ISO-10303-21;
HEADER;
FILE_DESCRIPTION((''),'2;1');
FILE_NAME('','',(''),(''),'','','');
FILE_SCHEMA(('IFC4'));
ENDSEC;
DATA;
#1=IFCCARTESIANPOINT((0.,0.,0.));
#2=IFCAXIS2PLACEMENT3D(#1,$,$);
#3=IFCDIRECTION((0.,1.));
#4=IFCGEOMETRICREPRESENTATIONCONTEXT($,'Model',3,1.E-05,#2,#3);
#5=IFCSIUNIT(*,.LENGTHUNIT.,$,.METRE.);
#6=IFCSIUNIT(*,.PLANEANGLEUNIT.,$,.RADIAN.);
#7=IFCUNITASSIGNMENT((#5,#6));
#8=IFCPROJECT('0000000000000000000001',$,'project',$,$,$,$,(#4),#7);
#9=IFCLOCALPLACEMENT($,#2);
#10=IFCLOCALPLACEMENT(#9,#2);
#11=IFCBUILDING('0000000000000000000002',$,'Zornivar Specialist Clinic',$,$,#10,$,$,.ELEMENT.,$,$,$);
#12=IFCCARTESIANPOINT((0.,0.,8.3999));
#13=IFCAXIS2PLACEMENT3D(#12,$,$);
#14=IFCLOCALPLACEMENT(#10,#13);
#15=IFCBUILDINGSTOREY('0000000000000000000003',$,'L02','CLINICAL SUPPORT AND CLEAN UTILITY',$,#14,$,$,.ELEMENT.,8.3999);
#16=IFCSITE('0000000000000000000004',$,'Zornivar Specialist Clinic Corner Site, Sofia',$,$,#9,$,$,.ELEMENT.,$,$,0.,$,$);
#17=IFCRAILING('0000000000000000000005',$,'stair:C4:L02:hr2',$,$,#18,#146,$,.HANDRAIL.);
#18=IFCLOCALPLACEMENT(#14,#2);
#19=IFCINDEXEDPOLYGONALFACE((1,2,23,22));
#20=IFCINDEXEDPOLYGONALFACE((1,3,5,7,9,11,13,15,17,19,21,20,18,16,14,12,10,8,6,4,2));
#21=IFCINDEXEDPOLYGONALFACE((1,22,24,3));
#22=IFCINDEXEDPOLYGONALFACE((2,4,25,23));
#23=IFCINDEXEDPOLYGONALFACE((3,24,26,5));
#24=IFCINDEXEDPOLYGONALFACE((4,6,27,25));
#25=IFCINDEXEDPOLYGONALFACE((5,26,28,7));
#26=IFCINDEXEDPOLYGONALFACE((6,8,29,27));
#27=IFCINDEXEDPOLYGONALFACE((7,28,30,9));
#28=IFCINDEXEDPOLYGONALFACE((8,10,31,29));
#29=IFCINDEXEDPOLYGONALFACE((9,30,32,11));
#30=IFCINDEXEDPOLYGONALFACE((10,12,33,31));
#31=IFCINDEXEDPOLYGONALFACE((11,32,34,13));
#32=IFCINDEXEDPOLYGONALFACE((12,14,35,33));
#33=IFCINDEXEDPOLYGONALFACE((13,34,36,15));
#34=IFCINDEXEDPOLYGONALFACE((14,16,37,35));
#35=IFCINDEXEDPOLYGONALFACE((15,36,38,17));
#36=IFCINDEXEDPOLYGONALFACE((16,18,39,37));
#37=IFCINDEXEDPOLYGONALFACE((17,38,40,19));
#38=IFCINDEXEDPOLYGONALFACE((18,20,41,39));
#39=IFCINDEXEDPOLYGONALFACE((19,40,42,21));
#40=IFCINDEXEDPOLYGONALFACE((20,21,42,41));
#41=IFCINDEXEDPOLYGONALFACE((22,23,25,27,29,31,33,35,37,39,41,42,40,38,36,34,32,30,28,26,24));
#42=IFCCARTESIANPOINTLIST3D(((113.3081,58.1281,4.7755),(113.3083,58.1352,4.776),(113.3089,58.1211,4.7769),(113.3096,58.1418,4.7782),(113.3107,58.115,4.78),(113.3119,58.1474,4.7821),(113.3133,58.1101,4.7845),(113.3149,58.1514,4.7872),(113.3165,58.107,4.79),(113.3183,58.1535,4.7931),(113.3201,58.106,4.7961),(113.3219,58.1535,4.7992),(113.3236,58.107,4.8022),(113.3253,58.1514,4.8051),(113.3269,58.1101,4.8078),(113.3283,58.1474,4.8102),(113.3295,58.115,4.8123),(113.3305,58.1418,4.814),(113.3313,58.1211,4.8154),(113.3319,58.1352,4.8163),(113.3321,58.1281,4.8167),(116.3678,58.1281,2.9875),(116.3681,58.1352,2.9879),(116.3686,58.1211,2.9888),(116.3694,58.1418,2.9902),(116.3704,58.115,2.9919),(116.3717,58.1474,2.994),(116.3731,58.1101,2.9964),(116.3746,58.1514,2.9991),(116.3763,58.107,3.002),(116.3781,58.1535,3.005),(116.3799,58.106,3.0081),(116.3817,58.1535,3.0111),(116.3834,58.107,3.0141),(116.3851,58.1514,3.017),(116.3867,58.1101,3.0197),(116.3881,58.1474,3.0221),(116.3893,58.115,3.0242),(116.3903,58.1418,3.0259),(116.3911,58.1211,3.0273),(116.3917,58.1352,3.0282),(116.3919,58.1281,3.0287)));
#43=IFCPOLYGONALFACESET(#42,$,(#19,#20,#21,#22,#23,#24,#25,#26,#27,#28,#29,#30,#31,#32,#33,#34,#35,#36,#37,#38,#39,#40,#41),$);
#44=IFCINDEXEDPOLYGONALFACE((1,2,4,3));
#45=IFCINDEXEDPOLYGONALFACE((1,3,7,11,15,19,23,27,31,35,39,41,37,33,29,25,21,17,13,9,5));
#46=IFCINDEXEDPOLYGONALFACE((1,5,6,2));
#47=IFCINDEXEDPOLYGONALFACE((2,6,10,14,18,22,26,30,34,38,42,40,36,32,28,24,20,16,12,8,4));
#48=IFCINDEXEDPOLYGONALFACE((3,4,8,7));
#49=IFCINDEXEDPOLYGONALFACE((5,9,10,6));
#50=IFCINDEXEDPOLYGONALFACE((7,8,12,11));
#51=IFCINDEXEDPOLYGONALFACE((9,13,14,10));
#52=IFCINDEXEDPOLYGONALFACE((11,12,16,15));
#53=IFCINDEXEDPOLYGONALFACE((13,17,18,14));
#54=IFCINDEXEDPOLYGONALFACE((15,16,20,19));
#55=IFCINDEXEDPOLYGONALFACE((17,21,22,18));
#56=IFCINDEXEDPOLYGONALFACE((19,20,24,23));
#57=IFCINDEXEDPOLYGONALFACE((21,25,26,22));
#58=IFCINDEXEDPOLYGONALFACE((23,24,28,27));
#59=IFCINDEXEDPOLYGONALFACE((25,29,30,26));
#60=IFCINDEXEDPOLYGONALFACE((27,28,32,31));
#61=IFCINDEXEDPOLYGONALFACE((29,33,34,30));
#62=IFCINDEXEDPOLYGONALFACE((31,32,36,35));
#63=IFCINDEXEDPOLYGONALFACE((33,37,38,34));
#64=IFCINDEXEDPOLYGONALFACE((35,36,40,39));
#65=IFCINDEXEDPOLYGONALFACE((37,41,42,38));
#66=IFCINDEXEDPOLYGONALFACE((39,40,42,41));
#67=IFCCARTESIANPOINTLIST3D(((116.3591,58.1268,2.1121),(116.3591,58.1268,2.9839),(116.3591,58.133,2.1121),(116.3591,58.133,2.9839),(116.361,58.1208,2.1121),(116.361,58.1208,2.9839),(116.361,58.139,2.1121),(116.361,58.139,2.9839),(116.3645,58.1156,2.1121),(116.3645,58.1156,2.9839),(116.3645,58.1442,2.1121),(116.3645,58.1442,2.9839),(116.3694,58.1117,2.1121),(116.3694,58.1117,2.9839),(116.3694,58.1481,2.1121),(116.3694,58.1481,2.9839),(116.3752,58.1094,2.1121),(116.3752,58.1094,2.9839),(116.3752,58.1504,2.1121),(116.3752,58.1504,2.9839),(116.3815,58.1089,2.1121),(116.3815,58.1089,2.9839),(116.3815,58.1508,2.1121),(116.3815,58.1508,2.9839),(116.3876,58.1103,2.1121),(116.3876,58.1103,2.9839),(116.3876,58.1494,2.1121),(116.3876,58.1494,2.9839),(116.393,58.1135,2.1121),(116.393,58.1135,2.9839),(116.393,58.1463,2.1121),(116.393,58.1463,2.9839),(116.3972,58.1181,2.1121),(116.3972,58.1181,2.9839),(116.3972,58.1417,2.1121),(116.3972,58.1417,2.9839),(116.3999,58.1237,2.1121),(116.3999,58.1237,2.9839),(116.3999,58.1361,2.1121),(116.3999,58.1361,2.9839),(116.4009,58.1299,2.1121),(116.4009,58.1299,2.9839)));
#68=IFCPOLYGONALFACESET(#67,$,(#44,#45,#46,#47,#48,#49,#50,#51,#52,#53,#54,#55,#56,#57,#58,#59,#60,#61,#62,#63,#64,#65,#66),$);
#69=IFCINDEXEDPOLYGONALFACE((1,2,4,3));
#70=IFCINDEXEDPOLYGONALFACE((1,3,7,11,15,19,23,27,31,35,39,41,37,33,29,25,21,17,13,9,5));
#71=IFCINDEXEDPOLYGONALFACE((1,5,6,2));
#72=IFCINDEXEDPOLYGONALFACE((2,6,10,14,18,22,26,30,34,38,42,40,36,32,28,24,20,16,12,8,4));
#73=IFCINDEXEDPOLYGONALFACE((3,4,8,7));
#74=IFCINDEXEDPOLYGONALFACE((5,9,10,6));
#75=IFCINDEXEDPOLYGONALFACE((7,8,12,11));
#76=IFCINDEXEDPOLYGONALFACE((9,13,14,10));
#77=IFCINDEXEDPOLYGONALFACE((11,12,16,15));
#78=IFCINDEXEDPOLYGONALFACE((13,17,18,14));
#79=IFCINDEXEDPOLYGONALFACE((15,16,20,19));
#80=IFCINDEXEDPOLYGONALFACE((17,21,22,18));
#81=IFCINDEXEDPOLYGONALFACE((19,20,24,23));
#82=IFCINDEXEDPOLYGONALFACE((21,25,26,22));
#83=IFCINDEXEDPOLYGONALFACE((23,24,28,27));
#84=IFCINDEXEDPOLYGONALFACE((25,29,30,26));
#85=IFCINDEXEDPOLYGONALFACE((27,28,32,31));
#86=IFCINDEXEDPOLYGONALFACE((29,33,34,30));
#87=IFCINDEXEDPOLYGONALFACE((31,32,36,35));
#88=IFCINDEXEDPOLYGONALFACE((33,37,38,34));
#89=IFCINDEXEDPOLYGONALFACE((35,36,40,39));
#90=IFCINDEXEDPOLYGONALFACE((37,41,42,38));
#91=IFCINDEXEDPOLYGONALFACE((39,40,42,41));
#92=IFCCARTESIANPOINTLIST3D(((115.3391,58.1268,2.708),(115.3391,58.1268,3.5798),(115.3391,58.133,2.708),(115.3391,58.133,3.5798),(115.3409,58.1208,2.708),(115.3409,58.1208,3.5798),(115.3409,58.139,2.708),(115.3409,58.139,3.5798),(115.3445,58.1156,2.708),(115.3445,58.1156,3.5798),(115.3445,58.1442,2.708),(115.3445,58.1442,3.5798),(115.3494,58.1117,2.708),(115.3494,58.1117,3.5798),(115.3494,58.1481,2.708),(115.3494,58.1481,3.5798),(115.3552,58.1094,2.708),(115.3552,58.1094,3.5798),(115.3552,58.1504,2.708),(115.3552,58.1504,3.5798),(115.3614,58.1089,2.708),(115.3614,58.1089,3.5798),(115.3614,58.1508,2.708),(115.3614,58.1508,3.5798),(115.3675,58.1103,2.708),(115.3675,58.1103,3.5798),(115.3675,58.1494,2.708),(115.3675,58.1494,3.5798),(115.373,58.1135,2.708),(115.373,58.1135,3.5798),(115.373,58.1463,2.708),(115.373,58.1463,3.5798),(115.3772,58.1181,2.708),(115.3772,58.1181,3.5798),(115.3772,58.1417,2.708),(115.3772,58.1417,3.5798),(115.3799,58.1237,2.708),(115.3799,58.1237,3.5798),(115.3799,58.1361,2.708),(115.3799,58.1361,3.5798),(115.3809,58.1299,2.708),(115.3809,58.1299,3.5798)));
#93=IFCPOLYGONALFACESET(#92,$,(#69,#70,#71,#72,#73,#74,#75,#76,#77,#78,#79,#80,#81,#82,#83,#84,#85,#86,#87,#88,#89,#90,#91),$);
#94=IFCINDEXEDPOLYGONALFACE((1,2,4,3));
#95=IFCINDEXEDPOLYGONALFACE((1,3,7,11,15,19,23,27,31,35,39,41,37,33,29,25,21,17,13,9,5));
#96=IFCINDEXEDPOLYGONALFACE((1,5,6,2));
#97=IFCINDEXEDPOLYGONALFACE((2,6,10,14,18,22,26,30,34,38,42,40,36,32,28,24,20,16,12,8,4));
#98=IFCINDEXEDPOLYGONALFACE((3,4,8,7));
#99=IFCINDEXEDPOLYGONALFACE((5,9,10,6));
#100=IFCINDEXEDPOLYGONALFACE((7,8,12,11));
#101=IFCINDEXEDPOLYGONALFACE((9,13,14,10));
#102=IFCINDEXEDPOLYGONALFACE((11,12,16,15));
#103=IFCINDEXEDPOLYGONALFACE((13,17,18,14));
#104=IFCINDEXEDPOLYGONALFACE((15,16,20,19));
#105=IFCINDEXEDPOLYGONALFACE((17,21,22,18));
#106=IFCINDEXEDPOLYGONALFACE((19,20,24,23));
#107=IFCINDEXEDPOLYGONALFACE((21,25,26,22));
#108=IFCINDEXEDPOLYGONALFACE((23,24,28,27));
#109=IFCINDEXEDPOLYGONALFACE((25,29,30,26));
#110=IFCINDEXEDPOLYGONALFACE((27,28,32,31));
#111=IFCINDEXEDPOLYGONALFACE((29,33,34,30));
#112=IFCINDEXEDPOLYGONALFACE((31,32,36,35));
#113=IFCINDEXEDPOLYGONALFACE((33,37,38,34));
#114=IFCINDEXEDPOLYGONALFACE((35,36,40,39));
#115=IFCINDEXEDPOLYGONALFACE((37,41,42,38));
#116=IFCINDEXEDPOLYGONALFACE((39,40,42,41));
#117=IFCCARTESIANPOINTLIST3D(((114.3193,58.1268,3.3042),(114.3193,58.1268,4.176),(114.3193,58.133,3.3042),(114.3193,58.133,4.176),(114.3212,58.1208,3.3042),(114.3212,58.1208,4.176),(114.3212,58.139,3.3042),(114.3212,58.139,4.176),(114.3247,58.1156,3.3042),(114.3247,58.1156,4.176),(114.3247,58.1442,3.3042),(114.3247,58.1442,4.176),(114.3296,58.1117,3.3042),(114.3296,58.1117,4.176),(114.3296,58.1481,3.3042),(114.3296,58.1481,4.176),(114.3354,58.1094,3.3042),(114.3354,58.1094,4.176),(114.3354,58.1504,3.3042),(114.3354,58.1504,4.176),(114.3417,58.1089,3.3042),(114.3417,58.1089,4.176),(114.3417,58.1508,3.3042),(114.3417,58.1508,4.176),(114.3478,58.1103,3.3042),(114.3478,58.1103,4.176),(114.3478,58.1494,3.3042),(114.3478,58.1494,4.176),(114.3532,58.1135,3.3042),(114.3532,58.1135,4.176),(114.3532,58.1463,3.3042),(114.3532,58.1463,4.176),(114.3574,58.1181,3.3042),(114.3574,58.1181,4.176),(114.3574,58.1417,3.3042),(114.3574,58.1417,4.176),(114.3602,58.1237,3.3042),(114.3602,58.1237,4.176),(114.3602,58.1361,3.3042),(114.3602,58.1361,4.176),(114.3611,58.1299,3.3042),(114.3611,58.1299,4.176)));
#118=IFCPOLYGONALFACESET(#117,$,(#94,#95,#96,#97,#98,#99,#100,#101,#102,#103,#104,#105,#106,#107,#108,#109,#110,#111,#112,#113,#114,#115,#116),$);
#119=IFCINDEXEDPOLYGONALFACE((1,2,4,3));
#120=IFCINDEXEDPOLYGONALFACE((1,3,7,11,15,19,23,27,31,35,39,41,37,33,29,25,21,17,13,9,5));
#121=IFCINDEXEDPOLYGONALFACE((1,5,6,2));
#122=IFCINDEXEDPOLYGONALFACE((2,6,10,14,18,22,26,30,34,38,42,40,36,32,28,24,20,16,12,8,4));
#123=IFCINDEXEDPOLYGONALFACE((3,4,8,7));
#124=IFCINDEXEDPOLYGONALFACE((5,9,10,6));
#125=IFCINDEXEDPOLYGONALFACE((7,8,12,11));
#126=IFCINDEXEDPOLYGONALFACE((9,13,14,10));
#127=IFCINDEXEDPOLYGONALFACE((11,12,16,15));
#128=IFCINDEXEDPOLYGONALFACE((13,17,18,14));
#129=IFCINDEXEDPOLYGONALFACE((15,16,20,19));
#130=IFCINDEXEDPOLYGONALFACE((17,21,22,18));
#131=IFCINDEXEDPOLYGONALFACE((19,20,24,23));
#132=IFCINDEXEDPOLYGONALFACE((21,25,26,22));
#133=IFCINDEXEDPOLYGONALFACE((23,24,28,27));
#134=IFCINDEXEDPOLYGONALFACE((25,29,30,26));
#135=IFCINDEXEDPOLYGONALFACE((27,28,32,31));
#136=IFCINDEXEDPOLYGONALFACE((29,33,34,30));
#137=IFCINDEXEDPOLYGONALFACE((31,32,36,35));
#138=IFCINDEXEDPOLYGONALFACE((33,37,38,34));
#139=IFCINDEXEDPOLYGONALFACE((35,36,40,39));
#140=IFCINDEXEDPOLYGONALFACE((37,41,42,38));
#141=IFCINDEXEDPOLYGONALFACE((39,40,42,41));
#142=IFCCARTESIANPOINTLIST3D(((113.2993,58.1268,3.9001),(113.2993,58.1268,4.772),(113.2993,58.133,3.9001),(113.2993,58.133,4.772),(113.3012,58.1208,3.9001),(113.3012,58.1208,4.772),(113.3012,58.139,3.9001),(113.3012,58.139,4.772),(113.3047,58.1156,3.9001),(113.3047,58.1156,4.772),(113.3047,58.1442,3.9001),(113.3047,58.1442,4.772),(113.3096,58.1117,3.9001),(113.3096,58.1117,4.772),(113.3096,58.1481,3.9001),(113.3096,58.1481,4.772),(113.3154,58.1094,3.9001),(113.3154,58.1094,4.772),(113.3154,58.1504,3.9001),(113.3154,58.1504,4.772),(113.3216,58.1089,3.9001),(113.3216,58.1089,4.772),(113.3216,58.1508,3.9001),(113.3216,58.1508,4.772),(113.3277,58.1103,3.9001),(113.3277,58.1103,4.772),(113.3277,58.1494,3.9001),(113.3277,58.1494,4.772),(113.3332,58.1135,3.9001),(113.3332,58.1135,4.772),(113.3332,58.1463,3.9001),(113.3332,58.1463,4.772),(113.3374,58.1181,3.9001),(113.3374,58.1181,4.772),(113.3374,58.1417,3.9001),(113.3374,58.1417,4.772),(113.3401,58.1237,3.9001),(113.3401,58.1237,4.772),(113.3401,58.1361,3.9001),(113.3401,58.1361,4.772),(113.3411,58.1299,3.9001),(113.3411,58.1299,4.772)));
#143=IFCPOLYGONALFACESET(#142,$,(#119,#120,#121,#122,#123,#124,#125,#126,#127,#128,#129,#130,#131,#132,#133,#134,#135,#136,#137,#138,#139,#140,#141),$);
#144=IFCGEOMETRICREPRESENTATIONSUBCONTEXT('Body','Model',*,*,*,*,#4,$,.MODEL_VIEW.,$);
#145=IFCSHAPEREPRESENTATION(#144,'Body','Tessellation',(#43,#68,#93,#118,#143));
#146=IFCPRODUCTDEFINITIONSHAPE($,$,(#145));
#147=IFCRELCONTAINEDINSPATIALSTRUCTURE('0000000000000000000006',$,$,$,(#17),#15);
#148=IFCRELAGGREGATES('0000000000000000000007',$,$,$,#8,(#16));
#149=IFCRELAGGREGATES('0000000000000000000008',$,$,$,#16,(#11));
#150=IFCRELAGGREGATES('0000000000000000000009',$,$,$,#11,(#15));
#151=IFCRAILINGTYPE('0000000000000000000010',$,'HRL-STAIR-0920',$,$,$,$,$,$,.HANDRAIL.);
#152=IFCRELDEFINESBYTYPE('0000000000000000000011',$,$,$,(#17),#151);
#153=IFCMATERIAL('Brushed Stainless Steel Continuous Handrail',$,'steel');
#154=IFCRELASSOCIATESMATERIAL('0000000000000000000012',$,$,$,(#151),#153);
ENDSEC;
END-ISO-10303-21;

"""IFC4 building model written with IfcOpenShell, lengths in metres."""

from ifc_helpers import new_model, si_unit, direction, frame, origin, origin_2d, place, context, subcontext, project, spatial, circle, extrude, material, type_object, element, save


model = new_model("IFC4")

# Units and contexts
model_context = context("Model", 3, precision=1e-05, world=origin(), true_north=direction((0.0, 1.0)))
body_context = subcontext(model_context, "Body", "Model", "MODEL_VIEW")
ifc_project = project(units=[si_unit("LENGTHUNIT", "METRE"), si_unit("PLANEANGLEUNIT", "RADIAN")], contexts=[model_context])

# Site, building, storey
site_placement = place(None, origin())
site = spatial("IfcSite", under=ifc_project, at=site_placement, Name="Zornivar Specialist Clinic Corner Site, Sofia", CompositionType="ELEMENT", RefElevation=0.0)
building_placement = place(site_placement, origin())
building = spatial("IfcBuilding", under=site, at=building_placement, Name="Zornivar Specialist Clinic", CompositionType="ELEMENT")
storey_placement = place(building_placement, frame((0.0, 0.0, 8.3999)))
storey = spatial("IfcBuildingStorey", under=building, at=storey_placement, Name="L02", Description="CLINICAL SUPPORT AND CLEAN UTILITY", CompositionType="ELEMENT", Elevation=8.3999)

# Railing
ifc_material_1 = material(Name="Brushed Stainless Steel Continuous Handrail", Category="steel")
railing_type_1 = type_object("IfcRailingType", Name="HRL-STAIR-0920", PredefinedType="HANDRAIL", material=ifc_material_1)
railing_1_placement = place(storey_placement, frame((116.3799, 58.1299, 2.1121)))
element("IfcRailing", 1, at=railing_1_placement, inside=storey, type_object=railing_type_1, Name="stair:C4:L02:hr2", PredefinedType="HANDRAIL", context=body_context, shape_type="SweptSolid", body=[
    extrude(circle(Radius=0.0239, at=origin_2d()), frame((0.0, 0.0, 0.896), z_axis=(-0.863386, 0.0, 0.504543), x_axis=(0.0, -1.0, 0.0)), (0.0, 0.0, 1.0), 3.5439),
    extrude(circle(Radius=0.021, at=origin_2d()), origin(), (0.0, 0.0, 1.0), 0.8718),
    extrude(circle(Radius=0.021, at=origin_2d()), frame((-1.02, 0.0, 0.5959)), (0.0, 0.0, 1.0), 0.8718),
    extrude(circle(Radius=0.021, at=origin_2d()), frame((-2.0398, 0.0, 1.1921)), (0.0, 0.0, 1.0), 0.8718),
    extrude(circle(Radius=0.021, at=origin_2d()), frame((-3.0598, 0.0, 1.7881)), (0.0, 0.0, 1.0), 0.8718),
])

save(model, "model.ifc")
